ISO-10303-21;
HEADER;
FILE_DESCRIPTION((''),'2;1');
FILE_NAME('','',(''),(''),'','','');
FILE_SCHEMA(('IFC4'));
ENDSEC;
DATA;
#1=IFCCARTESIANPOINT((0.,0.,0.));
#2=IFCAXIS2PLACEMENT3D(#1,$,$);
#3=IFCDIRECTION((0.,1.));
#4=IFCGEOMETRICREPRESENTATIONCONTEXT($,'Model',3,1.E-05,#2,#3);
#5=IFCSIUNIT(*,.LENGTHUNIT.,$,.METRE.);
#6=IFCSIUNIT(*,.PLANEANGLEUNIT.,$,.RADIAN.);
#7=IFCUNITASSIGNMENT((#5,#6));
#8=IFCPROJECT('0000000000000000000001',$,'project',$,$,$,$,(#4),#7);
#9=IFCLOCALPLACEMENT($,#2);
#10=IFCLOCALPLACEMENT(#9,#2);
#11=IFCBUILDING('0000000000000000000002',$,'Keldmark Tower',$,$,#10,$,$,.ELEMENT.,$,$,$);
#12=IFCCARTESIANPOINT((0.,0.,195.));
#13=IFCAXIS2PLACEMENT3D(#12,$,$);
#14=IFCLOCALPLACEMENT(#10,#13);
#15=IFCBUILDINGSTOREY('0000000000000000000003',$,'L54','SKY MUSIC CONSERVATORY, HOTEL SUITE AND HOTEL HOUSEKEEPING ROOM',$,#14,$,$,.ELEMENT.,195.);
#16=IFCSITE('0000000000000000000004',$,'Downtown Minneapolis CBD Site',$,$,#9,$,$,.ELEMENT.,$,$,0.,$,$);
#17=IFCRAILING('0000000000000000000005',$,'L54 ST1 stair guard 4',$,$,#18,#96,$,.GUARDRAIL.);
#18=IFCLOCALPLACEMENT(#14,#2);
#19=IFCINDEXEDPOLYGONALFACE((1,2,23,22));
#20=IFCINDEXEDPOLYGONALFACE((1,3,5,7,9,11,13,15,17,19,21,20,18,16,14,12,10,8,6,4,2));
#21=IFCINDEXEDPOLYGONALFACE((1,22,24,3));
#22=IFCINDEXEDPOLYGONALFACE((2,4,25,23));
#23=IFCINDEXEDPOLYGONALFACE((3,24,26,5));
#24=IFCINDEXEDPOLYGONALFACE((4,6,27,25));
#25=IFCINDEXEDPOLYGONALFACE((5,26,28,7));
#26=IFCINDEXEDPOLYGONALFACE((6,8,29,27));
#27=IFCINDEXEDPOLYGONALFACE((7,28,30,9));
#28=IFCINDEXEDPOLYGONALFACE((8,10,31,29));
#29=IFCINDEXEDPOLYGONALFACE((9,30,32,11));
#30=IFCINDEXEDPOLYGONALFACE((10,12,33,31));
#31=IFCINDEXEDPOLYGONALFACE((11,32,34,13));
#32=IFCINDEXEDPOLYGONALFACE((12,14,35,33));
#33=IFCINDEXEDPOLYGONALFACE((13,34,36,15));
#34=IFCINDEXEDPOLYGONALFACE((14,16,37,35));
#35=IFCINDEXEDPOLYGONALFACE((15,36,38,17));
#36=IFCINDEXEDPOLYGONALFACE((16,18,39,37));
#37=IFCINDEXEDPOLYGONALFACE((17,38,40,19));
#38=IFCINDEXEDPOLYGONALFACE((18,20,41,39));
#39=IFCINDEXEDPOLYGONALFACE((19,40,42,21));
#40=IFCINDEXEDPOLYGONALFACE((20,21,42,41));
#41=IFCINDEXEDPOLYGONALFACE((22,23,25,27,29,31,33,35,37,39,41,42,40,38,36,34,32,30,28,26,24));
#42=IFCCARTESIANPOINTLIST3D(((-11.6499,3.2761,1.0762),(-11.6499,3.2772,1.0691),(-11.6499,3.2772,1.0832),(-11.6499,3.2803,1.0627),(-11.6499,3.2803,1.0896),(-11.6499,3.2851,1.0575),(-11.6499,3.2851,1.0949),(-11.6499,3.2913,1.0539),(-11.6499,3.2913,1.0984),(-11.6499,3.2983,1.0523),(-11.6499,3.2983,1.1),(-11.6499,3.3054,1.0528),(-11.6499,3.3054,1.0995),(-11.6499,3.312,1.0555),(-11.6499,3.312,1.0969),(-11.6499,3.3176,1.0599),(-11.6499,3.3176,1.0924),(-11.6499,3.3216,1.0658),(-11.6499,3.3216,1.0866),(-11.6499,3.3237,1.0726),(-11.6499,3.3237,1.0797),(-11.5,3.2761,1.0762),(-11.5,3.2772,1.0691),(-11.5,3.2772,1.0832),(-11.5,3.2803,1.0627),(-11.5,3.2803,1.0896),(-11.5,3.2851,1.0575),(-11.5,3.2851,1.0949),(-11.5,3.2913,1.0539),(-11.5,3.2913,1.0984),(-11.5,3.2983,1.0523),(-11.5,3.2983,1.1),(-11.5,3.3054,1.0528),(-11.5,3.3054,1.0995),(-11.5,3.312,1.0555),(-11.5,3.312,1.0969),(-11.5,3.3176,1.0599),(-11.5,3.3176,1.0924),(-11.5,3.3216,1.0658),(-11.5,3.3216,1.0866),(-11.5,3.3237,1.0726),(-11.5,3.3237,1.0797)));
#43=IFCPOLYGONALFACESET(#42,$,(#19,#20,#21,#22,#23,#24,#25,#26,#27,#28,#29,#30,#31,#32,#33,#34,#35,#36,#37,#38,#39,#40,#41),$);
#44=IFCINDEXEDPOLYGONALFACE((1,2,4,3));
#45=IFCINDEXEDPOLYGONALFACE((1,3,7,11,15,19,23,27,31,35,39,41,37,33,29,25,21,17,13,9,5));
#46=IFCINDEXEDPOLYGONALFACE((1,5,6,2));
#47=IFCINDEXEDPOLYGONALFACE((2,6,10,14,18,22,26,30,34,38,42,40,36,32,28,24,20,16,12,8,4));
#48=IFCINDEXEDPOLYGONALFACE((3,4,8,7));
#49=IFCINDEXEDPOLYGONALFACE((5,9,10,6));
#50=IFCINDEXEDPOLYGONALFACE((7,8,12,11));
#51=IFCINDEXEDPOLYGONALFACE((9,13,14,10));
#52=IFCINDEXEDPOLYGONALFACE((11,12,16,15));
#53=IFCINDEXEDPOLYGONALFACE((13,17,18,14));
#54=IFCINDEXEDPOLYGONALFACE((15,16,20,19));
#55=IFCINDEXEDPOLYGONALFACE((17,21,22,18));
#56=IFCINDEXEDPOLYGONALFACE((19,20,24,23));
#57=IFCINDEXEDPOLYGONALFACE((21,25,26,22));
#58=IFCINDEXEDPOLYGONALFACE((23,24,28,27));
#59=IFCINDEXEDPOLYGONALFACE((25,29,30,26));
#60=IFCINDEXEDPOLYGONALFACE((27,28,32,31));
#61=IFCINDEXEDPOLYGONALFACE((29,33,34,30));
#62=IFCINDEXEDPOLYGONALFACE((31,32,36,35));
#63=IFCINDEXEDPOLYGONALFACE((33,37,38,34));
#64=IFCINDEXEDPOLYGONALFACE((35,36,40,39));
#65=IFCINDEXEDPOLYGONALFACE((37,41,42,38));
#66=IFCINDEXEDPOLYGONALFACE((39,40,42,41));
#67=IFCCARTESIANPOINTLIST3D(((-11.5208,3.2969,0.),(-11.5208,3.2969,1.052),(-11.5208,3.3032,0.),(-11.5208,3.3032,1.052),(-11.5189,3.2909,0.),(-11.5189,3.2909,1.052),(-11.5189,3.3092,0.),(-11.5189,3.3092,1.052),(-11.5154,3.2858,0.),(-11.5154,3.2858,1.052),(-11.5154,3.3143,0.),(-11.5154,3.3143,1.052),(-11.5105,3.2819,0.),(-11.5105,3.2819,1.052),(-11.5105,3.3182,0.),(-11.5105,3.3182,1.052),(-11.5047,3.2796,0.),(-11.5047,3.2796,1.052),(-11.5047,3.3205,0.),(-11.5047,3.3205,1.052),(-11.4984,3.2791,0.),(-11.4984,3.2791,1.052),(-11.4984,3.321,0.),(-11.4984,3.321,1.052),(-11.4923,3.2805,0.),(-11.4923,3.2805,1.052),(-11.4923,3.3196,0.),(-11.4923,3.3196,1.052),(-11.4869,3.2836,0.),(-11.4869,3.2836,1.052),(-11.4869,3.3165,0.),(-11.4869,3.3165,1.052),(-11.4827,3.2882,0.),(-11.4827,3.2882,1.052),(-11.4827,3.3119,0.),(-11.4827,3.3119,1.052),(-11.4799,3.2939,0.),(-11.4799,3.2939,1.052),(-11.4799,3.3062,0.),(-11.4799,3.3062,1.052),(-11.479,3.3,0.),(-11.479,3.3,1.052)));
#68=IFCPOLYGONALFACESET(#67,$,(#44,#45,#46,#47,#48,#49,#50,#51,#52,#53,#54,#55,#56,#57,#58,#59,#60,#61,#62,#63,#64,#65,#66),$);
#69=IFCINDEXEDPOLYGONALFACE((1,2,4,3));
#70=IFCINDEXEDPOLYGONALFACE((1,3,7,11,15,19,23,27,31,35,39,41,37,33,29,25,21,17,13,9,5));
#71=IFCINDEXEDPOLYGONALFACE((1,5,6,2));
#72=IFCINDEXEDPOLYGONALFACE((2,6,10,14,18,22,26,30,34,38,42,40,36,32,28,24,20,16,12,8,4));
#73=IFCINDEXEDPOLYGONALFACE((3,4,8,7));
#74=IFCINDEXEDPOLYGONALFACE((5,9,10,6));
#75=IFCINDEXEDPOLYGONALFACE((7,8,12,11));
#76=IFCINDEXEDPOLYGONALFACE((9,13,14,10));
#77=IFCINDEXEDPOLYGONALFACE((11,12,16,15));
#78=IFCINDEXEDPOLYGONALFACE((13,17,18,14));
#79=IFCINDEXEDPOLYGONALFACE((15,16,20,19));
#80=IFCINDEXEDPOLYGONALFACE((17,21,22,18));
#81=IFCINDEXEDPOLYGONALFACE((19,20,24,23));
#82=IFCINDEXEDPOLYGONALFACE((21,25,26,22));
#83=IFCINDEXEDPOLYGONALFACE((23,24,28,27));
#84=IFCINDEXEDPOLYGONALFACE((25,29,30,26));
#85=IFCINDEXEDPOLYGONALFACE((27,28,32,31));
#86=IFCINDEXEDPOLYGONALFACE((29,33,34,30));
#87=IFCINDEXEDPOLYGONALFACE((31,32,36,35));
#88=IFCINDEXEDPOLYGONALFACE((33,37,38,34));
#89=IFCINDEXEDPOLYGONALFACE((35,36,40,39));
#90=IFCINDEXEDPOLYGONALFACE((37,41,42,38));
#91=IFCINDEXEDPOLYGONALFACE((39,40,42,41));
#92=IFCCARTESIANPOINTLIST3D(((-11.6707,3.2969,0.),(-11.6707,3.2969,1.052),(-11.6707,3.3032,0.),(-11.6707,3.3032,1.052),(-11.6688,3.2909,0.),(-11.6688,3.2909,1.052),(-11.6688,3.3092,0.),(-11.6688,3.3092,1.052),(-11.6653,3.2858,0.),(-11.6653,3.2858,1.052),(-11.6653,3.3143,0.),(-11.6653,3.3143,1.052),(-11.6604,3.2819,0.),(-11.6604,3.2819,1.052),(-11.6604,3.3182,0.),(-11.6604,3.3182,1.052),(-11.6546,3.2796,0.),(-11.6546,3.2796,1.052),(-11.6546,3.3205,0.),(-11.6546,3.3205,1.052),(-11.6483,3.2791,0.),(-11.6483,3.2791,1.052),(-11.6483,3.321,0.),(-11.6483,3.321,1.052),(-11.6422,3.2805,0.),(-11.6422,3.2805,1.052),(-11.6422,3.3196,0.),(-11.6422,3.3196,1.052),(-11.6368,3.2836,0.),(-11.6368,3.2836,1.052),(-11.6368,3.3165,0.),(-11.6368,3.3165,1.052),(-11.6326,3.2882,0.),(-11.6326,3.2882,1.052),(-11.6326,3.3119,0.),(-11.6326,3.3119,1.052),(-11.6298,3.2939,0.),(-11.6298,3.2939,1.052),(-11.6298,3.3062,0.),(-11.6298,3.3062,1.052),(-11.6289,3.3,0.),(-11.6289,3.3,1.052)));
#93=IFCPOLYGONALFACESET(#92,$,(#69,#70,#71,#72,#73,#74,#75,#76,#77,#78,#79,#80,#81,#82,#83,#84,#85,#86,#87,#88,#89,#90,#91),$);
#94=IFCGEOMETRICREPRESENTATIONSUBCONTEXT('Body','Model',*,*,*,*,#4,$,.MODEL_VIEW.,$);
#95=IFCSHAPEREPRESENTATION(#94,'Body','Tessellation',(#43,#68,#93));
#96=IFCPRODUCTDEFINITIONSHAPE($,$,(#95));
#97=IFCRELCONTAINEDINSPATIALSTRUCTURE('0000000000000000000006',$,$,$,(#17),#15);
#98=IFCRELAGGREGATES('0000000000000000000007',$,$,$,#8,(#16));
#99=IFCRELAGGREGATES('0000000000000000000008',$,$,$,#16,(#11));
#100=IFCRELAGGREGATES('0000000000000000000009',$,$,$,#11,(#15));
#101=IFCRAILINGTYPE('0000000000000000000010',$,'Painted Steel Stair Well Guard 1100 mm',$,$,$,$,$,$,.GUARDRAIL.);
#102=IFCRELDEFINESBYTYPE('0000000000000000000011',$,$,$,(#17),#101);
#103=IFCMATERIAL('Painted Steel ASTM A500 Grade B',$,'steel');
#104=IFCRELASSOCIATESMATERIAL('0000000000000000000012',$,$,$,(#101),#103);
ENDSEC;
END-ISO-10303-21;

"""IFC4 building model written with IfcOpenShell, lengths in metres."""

from ifc_helpers import new_model, si_unit, direction, frame, origin, origin_2d, place, context, subcontext, project, spatial, circle, extrude, material, type_object, element, save


model = new_model("IFC4")

# Units and contexts
model_context = context("Model", 3, precision=1e-05, world=origin(), true_north=direction((0.0, 1.0)))
body_context = subcontext(model_context, "Body", "Model", "MODEL_VIEW")
ifc_project = project(units=[si_unit("LENGTHUNIT", "METRE"), si_unit("PLANEANGLEUNIT", "RADIAN")], contexts=[model_context])

# Site, building, storey
site_placement = place(None, origin())
site = spatial("IfcSite", under=ifc_project, at=site_placement, Name="Downtown Minneapolis CBD Site", CompositionType="ELEMENT", RefElevation=0.0)
building_placement = place(site_placement, origin())
building = spatial("IfcBuilding", under=site, at=building_placement, Name="Keldmark Tower", CompositionType="ELEMENT")
storey_placement = place(building_placement, frame((0.0, 0.0, 195.0)))
storey = spatial("IfcBuildingStorey", under=building, at=storey_placement, Name="L54", Description="SKY MUSIC CONSERVATORY, HOTEL SUITE AND HOTEL HOUSEKEEPING ROOM", CompositionType="ELEMENT", Elevation=195.0)

# Railing
ifc_material_1 = material(Name="Painted Steel ASTM A500 Grade B", Category="steel")
railing_type_1 = type_object("IfcRailingType", Name="Painted Steel Stair Well Guard 1100 mm", PredefinedType="GUARDRAIL", material=ifc_material_1)
railing_1_placement = place(storey_placement, frame((-11.5, 3.3, 0.0)))
element("IfcRailing", 1, at=railing_1_placement, inside=storey, type_object=railing_type_1, Name="L54 ST1 stair guard 4", PredefinedType="GUARDRAIL", context=body_context, shape_type="SweptSolid", body=[
    extrude(circle(Radius=0.0239, at=origin_2d()), frame((0.0, 0.0, 1.0762), z_axis=(-1.0, 0.0, 0.0), x_axis=(0.0, -1.0, 0.0)), (0.0, 0.0, 1.0), 0.1499),
    extrude(circle(Radius=0.021, at=origin_2d()), origin(), (0.0, 0.0, 1.0), 1.052),
    extrude(circle(Radius=0.021, at=origin_2d()), frame((-0.1499, 0.0, 0.0)), (0.0, 0.0, 1.0), 1.052),
])

save(model, "model.ifc")
